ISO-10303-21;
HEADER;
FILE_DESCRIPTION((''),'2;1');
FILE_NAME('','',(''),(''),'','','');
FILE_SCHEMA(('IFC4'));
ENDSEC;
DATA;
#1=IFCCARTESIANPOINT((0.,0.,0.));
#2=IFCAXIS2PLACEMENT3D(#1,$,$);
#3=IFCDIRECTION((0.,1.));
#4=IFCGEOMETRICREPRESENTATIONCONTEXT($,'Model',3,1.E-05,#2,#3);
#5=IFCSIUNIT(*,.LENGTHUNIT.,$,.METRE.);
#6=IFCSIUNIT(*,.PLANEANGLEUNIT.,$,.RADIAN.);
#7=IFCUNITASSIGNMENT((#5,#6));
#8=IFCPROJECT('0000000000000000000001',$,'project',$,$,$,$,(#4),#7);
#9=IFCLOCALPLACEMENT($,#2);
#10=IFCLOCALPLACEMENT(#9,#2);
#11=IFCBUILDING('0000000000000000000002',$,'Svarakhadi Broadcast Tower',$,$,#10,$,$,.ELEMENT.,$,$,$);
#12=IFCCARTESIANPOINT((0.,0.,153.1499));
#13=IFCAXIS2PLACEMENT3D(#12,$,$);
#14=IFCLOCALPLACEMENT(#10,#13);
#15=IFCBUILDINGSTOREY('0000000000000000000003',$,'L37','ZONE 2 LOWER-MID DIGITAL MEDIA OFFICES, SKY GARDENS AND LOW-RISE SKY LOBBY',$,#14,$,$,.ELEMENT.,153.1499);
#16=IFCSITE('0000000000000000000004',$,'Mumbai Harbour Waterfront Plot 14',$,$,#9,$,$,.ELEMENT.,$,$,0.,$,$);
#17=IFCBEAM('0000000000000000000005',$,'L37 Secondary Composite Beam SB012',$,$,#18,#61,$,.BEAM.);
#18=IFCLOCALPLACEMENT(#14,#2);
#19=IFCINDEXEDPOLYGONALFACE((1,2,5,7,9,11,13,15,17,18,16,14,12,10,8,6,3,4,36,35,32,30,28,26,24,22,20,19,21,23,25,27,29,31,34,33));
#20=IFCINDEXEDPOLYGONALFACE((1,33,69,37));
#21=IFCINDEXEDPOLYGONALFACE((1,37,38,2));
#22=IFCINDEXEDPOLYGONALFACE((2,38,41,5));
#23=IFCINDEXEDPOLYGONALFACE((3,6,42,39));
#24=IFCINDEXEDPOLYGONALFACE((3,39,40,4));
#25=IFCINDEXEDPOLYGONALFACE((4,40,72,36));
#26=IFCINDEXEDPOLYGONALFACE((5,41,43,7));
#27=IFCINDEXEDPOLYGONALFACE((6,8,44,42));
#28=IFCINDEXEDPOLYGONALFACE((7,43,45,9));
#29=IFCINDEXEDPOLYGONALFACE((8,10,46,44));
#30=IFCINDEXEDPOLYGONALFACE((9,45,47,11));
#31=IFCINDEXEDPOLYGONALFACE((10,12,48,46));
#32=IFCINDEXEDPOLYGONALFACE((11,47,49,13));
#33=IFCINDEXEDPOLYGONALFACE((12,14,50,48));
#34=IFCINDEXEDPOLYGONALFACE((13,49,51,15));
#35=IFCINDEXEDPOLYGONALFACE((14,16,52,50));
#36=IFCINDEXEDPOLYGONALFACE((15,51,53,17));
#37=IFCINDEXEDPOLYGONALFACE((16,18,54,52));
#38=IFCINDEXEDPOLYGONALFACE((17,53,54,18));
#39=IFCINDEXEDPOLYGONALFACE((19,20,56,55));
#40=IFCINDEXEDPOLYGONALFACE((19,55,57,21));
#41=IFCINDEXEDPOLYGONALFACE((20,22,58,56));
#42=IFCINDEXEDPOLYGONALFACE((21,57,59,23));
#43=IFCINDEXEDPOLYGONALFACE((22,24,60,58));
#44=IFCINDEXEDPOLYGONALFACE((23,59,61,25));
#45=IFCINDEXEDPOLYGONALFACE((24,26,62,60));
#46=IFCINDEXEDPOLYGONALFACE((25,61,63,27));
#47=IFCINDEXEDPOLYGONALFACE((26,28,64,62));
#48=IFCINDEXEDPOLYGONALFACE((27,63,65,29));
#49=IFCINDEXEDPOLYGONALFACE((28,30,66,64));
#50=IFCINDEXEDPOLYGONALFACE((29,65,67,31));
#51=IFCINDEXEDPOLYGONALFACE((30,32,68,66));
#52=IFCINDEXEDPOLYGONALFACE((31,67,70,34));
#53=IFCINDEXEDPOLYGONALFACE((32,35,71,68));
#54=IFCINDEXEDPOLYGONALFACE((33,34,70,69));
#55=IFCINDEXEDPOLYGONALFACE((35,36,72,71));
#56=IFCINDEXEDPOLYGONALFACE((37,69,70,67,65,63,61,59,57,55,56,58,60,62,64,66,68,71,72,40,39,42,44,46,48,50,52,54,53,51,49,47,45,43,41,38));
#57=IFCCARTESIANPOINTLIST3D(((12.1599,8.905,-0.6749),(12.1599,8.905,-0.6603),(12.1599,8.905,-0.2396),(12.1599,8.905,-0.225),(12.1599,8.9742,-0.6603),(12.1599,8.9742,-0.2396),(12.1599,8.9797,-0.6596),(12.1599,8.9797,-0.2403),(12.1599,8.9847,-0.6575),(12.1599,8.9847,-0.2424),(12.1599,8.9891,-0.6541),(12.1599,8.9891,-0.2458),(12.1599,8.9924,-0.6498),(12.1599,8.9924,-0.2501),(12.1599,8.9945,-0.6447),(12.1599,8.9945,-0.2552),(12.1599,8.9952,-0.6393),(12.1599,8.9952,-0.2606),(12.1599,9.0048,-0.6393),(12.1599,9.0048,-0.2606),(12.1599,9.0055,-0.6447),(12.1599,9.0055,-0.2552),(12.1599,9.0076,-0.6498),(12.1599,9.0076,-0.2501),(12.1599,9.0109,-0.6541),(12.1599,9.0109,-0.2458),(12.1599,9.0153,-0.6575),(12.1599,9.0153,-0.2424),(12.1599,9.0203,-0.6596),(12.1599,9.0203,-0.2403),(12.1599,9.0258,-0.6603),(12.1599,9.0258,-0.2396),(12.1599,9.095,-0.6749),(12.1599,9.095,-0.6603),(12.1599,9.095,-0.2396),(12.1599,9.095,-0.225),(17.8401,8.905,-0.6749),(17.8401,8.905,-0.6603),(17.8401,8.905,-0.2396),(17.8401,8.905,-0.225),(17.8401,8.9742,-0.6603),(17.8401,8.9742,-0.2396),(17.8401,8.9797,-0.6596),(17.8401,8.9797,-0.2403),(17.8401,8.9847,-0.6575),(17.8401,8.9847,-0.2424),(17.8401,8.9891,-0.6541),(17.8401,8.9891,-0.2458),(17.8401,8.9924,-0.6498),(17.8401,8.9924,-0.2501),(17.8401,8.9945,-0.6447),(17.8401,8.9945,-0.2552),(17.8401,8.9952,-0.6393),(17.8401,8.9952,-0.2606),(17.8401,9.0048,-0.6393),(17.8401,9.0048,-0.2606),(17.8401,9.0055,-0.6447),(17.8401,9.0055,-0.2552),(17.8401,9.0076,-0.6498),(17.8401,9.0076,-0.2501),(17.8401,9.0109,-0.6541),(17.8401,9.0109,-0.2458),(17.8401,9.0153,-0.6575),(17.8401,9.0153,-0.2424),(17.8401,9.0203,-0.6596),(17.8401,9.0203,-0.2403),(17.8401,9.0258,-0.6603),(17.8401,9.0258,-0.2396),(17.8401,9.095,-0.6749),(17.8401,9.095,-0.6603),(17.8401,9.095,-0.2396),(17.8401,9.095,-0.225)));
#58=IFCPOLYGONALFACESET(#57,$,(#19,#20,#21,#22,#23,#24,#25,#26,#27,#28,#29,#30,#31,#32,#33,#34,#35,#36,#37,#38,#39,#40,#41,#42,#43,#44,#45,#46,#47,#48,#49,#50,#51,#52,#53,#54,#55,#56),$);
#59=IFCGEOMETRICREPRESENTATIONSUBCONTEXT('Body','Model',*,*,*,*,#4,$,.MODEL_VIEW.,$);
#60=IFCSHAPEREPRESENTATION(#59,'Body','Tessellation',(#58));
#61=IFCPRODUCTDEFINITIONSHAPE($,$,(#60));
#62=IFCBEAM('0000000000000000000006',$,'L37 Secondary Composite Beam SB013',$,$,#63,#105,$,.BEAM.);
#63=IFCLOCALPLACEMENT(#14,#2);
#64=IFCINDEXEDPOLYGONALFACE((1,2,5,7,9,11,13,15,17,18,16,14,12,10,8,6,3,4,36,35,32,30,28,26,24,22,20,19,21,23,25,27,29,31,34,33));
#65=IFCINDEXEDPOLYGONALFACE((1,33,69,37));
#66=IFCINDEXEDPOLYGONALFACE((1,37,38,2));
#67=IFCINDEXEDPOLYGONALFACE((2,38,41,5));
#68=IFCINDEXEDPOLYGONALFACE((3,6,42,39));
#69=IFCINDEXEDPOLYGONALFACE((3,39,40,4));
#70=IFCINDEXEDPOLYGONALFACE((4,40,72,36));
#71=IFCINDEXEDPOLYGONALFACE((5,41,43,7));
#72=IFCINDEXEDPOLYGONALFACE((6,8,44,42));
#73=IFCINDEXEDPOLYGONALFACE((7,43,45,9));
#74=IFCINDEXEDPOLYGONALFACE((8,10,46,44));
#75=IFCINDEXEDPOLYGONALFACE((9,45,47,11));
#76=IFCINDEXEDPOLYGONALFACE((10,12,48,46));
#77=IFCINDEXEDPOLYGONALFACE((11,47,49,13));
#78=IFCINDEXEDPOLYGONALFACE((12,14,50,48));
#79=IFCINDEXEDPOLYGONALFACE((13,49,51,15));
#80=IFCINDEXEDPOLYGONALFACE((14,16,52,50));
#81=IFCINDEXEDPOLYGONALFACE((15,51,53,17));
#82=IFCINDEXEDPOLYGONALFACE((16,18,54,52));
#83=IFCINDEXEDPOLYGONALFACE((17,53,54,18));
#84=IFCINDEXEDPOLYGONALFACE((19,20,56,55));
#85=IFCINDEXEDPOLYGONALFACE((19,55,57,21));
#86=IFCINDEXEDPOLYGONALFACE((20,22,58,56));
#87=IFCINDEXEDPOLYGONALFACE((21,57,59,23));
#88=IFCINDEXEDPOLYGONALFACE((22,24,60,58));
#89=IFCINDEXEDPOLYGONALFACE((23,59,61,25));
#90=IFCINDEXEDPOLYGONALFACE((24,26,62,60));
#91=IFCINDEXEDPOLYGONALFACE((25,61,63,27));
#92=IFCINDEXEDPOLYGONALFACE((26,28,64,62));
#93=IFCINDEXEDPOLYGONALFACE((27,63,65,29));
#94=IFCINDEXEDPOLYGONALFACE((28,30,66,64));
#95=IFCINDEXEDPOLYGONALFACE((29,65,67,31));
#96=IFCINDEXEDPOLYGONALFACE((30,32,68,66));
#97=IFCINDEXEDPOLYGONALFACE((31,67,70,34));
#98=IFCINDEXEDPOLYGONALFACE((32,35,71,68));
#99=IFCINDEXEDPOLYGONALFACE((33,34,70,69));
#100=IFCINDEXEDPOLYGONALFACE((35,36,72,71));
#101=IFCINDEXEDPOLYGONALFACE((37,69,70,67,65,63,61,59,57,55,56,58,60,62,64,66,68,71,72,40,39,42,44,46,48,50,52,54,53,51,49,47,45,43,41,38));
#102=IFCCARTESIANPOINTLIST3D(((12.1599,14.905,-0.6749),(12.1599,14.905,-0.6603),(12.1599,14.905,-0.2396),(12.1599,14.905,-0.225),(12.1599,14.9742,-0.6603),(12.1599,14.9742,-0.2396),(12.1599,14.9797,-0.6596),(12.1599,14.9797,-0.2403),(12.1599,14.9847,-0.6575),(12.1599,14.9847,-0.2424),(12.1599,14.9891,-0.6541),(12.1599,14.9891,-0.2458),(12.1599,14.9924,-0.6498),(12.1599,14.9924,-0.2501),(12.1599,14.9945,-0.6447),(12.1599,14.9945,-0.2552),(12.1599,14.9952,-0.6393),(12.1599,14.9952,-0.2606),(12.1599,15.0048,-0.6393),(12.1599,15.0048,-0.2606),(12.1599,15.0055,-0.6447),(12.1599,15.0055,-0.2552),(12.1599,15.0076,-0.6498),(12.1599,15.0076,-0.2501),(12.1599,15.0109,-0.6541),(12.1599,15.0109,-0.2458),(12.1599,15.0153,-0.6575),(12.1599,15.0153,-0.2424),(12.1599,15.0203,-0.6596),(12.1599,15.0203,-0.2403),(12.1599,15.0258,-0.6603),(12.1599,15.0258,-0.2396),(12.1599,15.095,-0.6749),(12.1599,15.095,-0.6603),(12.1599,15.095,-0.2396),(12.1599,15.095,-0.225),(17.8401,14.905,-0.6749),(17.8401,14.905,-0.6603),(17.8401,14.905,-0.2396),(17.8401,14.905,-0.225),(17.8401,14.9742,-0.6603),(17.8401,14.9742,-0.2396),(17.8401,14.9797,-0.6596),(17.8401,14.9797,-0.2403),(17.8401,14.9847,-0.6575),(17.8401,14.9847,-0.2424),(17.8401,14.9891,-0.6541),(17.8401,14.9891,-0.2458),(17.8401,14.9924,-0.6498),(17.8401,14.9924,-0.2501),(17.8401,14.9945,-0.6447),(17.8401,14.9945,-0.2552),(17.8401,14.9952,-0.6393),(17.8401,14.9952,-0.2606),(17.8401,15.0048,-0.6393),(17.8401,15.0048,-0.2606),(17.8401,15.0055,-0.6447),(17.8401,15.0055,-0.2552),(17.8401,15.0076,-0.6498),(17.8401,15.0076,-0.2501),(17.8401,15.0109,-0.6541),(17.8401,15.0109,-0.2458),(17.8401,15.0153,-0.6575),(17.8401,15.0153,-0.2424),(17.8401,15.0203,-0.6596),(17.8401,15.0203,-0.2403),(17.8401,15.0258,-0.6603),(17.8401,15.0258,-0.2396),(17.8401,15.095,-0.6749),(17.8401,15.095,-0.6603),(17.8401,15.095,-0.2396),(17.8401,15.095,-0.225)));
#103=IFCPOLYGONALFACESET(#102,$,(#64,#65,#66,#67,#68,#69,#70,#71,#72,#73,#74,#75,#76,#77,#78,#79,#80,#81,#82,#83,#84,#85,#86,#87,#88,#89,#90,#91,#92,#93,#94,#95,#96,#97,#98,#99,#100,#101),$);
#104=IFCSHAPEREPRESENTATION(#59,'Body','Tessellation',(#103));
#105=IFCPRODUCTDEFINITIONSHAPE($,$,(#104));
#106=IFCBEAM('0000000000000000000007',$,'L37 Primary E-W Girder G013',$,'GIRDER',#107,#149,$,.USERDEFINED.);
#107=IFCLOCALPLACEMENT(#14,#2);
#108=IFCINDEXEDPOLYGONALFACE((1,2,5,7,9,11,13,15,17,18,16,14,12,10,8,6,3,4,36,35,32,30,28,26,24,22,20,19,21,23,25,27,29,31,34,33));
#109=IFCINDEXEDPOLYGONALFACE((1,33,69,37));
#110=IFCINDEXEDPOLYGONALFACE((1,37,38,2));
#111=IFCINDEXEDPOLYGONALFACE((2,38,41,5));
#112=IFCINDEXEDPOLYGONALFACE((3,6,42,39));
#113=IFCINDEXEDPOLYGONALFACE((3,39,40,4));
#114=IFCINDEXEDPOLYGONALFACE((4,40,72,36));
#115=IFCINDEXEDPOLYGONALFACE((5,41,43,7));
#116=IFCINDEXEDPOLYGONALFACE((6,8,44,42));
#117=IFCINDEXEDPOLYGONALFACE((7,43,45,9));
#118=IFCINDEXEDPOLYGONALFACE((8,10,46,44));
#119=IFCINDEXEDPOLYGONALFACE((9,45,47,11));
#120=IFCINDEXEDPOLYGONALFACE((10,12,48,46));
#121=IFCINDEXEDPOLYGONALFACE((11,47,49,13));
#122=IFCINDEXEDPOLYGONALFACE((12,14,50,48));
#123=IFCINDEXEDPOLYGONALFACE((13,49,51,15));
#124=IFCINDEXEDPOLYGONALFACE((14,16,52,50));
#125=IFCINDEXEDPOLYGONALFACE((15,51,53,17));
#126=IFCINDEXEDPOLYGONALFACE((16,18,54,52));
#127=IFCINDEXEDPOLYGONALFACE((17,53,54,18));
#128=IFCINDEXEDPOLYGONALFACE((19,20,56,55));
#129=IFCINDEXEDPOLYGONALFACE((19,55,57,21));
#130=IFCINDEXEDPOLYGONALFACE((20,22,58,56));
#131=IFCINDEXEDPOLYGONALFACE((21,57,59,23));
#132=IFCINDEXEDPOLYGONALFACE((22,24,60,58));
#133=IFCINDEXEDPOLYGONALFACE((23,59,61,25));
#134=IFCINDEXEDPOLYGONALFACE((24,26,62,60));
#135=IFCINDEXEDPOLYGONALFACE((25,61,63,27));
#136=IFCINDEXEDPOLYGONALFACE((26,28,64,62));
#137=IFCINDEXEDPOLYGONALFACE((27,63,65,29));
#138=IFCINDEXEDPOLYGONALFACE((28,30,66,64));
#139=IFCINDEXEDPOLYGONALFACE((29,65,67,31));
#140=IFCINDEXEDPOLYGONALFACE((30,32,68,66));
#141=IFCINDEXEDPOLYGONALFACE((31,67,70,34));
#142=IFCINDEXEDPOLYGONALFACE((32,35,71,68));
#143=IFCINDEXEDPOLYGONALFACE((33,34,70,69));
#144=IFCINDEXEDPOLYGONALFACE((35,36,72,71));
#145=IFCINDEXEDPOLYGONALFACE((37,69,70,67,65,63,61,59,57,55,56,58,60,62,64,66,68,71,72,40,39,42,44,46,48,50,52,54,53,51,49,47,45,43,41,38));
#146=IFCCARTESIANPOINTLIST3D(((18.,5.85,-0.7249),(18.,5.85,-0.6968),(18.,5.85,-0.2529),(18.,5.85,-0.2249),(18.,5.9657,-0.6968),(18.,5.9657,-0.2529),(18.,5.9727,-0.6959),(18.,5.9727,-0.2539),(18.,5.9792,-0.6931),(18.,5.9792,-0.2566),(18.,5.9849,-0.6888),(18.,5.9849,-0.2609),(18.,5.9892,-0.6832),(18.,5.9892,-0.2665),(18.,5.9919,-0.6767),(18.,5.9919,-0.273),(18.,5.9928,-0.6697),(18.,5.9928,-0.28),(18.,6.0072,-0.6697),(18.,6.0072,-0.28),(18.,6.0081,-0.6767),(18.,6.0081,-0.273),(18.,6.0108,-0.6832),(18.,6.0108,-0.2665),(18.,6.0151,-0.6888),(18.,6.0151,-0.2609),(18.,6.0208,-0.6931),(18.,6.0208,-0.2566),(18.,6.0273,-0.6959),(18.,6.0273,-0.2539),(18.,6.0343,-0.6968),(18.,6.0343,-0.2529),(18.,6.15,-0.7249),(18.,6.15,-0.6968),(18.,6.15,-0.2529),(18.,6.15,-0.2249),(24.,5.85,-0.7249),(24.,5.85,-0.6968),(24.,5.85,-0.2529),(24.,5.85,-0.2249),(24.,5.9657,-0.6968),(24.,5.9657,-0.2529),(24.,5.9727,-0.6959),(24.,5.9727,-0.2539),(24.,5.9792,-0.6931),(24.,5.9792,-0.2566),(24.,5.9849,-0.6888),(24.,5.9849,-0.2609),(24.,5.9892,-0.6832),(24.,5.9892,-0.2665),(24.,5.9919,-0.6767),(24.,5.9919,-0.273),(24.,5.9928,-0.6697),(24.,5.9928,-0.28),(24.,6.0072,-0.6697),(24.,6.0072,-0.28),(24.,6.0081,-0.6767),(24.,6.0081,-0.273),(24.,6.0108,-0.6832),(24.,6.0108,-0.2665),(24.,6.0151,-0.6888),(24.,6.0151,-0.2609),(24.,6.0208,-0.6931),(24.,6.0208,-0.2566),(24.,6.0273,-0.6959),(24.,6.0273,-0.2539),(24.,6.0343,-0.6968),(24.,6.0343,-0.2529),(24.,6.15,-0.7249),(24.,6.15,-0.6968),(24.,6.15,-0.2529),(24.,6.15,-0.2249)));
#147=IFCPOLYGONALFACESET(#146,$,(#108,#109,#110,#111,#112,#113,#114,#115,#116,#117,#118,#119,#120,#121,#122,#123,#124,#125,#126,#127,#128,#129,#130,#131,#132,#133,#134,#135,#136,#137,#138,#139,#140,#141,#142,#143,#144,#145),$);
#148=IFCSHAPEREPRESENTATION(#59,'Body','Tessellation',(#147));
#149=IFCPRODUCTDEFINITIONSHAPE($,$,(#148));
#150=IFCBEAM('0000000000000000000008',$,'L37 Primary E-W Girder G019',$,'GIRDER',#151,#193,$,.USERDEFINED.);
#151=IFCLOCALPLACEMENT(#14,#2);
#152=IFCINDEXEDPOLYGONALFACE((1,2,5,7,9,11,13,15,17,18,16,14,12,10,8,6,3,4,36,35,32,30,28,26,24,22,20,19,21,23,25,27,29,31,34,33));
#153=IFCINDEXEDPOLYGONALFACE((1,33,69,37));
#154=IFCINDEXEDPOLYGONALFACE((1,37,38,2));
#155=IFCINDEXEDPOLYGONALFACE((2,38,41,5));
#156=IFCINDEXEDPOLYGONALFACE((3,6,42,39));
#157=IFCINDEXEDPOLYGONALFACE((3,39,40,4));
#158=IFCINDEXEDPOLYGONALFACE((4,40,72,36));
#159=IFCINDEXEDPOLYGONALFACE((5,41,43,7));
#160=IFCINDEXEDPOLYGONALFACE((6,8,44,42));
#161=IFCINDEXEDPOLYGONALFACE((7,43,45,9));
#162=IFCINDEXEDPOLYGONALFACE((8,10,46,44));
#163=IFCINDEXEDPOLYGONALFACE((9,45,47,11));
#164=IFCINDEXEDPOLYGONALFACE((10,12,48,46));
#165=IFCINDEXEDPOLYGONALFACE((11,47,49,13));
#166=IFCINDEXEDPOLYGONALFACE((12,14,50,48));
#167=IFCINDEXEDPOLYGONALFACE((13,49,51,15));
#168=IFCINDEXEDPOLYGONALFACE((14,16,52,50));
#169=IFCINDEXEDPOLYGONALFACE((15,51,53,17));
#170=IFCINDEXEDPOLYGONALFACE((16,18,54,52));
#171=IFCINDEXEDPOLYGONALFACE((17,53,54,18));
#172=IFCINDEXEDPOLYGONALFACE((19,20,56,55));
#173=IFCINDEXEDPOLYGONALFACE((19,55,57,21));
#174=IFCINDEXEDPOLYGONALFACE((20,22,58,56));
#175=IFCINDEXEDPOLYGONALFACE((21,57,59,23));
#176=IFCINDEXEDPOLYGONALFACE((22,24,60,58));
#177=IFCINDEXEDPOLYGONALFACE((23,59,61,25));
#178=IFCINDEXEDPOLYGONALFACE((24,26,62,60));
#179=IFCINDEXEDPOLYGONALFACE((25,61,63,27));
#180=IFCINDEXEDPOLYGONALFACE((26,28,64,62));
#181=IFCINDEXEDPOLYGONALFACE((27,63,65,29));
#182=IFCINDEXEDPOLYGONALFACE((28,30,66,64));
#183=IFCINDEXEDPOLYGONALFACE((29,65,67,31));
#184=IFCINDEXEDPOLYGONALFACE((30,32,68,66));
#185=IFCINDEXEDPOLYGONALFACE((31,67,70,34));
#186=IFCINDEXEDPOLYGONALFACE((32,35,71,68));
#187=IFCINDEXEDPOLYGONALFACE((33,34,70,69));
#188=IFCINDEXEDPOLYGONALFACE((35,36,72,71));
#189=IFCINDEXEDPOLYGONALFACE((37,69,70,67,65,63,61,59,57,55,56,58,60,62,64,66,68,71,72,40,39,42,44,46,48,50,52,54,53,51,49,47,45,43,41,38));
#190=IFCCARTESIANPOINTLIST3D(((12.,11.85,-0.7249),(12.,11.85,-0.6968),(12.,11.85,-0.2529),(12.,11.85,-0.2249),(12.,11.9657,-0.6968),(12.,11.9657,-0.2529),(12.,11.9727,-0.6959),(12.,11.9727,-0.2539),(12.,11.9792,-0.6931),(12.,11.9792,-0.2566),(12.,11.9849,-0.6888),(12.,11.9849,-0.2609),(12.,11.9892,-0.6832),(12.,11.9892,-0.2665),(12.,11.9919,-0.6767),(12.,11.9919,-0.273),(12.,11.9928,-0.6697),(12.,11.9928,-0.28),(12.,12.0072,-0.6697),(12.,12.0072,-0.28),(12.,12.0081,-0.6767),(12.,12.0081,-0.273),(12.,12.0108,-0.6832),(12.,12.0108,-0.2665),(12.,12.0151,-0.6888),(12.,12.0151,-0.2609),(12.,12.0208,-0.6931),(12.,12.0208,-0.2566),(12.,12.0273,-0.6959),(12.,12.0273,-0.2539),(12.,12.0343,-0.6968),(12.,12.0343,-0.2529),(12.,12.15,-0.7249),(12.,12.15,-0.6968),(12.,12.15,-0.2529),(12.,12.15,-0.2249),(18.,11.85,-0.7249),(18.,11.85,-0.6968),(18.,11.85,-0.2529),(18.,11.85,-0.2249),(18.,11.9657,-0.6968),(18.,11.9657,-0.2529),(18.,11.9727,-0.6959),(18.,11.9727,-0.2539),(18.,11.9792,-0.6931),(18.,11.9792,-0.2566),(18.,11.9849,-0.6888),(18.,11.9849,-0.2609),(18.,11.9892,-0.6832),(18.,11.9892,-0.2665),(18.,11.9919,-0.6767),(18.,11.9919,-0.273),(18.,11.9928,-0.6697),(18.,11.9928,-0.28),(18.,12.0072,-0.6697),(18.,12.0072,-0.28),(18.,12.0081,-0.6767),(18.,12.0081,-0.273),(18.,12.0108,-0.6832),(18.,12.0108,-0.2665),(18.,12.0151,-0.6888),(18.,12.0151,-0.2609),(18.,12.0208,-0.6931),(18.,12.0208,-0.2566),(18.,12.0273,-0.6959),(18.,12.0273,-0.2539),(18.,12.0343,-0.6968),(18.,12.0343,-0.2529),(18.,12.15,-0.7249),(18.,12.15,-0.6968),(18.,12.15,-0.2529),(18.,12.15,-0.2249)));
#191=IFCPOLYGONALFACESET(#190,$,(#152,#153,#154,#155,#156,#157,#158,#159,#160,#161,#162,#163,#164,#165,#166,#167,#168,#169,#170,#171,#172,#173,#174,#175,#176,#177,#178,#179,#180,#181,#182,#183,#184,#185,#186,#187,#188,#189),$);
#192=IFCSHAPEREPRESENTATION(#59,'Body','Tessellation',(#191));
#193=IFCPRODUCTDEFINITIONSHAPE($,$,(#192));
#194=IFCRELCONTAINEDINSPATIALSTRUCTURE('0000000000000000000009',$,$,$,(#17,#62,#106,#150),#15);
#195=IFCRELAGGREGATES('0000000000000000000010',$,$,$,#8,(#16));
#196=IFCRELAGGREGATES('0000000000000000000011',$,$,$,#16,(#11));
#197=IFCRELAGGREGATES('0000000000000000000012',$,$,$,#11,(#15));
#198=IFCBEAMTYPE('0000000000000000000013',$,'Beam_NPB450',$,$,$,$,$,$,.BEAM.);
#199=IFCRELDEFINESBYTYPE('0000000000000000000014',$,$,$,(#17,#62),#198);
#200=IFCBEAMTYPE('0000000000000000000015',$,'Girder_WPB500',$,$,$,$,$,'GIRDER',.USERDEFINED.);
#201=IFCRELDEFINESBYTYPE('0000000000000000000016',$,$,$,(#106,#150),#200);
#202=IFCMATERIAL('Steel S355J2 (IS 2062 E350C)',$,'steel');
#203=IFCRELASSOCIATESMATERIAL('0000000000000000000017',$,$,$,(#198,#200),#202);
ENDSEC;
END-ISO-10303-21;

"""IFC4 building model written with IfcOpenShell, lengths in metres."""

from ifc_helpers import new_model, si_unit, direction, frame, origin, origin_2d, place, context, subcontext, project, spatial, i_section, extrude, material, material_profile, profile_set, type_object, element, save


model = new_model("IFC4")

# Units and contexts
model_context = context("Model", 3, precision=1e-05, world=origin(), true_north=direction((0.0, 1.0)))
body_context = subcontext(model_context, "Body", "Model", "MODEL_VIEW")
ifc_project = project(units=[si_unit("LENGTHUNIT", "METRE"), si_unit("PLANEANGLEUNIT", "RADIAN")], contexts=[model_context])

# Site, building, storey
site_placement = place(None, origin())
site = spatial("IfcSite", under=ifc_project, at=site_placement, Name="Mumbai Harbour Waterfront Plot 14", CompositionType="ELEMENT", RefElevation=0.0)
building_placement = place(site_placement, origin())
building = spatial("IfcBuilding", under=site, at=building_placement, Name="Svarakhadi Broadcast Tower", CompositionType="ELEMENT")
storey_placement = place(building_placement, frame((0.0, 0.0, 153.1499)))
storey = spatial("IfcBuildingStorey", under=building, at=storey_placement, Name="L37", Description="ZONE 2 LOWER-MID DIGITAL MEDIA OFFICES, SKY GARDENS AND LOW-RISE SKY LOBBY", CompositionType="ELEMENT", Elevation=153.1499)

# Beams
ifc_material_1 = material(Name="Steel S355J2 (IS 2062 E350C)", Category="steel")
ifc_material_profile_1 = material_profile(ifc_material_1, i_section(OverallWidth=0.1899, OverallDepth=0.45, WebThickness=0.0095, FlangeThickness=0.0146, FilletRadius=0.021, at=origin_2d()), Name="NPB 450x190x78")
ifc_profile_set_1 = profile_set([ifc_material_profile_1], Name="Steel S355J2 (IS 2062 E350C)")
beam_type_1 = type_object("IfcBeamType", Name="Beam_NPB450", PredefinedType="BEAM", material=ifc_profile_set_1)
for number, where, z_axis, x_axis, name in (
    (1, (12.1599, 9.0, -0.45), (1.0, 0.0, 0.0), (0.0, 1.0, 0.0), "L37 Secondary Composite Beam SB012"),
    (2, (12.1599, 15.0, -0.45), (1.0, 0.0, 0.0), (0.0, 1.0, 0.0), "L37 Secondary Composite Beam SB013"),
):
    element("IfcBeam", number, at=place(storey_placement, frame(where, z_axis=z_axis, x_axis=x_axis)), inside=storey, type_object=beam_type_1, Name=name, PredefinedType="BEAM", context=body_context, shape_type="SweptSolid", body=[
        extrude(i_section(OverallWidth=0.1899, OverallDepth=0.45, WebThickness=0.0095, FlangeThickness=0.0146, FilletRadius=0.021, at=origin_2d()), origin(), (0.0, 0.0, 1.0), 5.6802),
    ])
ifc_material_profile_2 = material_profile(ifc_material_1, i_section(OverallWidth=0.3, OverallDepth=0.5, WebThickness=0.0144, FlangeThickness=0.0281, FilletRadius=0.0271, at=origin_2d()), Name="WPB 500x300x187")
ifc_profile_set_2 = profile_set([ifc_material_profile_2], Name="Steel S355J2 (IS 2062 E350C)")
beam_type_2 = type_object("IfcBeamType", Name="Girder_WPB500", ElementType="GIRDER", PredefinedType="USERDEFINED", material=ifc_profile_set_2)
for number, where, z_axis, x_axis, name in (
    (3, (18.0, 6.0, -0.4749), (1.0, 0.0, 0.0), (0.0, 1.0, 0.0), "L37 Primary E-W Girder G013"),
    (4, (12.0, 12.0, -0.4749), (1.0, 0.0, 0.0), (0.0, 1.0, 0.0), "L37 Primary E-W Girder G019"),
):
    element("IfcBeam", number, at=place(storey_placement, frame(where, z_axis=z_axis, x_axis=x_axis)), inside=storey, type_object=beam_type_2, Name=name, ObjectType="GIRDER", PredefinedType="USERDEFINED", context=body_context, shape_type="SweptSolid", body=[
        extrude(i_section(OverallWidth=0.3, OverallDepth=0.5, WebThickness=0.0144, FlangeThickness=0.0281, FilletRadius=0.0271, at=origin_2d()), origin(), (0.0, 0.0, 1.0), 6.0),
    ])

save(model, "model.ifc")
